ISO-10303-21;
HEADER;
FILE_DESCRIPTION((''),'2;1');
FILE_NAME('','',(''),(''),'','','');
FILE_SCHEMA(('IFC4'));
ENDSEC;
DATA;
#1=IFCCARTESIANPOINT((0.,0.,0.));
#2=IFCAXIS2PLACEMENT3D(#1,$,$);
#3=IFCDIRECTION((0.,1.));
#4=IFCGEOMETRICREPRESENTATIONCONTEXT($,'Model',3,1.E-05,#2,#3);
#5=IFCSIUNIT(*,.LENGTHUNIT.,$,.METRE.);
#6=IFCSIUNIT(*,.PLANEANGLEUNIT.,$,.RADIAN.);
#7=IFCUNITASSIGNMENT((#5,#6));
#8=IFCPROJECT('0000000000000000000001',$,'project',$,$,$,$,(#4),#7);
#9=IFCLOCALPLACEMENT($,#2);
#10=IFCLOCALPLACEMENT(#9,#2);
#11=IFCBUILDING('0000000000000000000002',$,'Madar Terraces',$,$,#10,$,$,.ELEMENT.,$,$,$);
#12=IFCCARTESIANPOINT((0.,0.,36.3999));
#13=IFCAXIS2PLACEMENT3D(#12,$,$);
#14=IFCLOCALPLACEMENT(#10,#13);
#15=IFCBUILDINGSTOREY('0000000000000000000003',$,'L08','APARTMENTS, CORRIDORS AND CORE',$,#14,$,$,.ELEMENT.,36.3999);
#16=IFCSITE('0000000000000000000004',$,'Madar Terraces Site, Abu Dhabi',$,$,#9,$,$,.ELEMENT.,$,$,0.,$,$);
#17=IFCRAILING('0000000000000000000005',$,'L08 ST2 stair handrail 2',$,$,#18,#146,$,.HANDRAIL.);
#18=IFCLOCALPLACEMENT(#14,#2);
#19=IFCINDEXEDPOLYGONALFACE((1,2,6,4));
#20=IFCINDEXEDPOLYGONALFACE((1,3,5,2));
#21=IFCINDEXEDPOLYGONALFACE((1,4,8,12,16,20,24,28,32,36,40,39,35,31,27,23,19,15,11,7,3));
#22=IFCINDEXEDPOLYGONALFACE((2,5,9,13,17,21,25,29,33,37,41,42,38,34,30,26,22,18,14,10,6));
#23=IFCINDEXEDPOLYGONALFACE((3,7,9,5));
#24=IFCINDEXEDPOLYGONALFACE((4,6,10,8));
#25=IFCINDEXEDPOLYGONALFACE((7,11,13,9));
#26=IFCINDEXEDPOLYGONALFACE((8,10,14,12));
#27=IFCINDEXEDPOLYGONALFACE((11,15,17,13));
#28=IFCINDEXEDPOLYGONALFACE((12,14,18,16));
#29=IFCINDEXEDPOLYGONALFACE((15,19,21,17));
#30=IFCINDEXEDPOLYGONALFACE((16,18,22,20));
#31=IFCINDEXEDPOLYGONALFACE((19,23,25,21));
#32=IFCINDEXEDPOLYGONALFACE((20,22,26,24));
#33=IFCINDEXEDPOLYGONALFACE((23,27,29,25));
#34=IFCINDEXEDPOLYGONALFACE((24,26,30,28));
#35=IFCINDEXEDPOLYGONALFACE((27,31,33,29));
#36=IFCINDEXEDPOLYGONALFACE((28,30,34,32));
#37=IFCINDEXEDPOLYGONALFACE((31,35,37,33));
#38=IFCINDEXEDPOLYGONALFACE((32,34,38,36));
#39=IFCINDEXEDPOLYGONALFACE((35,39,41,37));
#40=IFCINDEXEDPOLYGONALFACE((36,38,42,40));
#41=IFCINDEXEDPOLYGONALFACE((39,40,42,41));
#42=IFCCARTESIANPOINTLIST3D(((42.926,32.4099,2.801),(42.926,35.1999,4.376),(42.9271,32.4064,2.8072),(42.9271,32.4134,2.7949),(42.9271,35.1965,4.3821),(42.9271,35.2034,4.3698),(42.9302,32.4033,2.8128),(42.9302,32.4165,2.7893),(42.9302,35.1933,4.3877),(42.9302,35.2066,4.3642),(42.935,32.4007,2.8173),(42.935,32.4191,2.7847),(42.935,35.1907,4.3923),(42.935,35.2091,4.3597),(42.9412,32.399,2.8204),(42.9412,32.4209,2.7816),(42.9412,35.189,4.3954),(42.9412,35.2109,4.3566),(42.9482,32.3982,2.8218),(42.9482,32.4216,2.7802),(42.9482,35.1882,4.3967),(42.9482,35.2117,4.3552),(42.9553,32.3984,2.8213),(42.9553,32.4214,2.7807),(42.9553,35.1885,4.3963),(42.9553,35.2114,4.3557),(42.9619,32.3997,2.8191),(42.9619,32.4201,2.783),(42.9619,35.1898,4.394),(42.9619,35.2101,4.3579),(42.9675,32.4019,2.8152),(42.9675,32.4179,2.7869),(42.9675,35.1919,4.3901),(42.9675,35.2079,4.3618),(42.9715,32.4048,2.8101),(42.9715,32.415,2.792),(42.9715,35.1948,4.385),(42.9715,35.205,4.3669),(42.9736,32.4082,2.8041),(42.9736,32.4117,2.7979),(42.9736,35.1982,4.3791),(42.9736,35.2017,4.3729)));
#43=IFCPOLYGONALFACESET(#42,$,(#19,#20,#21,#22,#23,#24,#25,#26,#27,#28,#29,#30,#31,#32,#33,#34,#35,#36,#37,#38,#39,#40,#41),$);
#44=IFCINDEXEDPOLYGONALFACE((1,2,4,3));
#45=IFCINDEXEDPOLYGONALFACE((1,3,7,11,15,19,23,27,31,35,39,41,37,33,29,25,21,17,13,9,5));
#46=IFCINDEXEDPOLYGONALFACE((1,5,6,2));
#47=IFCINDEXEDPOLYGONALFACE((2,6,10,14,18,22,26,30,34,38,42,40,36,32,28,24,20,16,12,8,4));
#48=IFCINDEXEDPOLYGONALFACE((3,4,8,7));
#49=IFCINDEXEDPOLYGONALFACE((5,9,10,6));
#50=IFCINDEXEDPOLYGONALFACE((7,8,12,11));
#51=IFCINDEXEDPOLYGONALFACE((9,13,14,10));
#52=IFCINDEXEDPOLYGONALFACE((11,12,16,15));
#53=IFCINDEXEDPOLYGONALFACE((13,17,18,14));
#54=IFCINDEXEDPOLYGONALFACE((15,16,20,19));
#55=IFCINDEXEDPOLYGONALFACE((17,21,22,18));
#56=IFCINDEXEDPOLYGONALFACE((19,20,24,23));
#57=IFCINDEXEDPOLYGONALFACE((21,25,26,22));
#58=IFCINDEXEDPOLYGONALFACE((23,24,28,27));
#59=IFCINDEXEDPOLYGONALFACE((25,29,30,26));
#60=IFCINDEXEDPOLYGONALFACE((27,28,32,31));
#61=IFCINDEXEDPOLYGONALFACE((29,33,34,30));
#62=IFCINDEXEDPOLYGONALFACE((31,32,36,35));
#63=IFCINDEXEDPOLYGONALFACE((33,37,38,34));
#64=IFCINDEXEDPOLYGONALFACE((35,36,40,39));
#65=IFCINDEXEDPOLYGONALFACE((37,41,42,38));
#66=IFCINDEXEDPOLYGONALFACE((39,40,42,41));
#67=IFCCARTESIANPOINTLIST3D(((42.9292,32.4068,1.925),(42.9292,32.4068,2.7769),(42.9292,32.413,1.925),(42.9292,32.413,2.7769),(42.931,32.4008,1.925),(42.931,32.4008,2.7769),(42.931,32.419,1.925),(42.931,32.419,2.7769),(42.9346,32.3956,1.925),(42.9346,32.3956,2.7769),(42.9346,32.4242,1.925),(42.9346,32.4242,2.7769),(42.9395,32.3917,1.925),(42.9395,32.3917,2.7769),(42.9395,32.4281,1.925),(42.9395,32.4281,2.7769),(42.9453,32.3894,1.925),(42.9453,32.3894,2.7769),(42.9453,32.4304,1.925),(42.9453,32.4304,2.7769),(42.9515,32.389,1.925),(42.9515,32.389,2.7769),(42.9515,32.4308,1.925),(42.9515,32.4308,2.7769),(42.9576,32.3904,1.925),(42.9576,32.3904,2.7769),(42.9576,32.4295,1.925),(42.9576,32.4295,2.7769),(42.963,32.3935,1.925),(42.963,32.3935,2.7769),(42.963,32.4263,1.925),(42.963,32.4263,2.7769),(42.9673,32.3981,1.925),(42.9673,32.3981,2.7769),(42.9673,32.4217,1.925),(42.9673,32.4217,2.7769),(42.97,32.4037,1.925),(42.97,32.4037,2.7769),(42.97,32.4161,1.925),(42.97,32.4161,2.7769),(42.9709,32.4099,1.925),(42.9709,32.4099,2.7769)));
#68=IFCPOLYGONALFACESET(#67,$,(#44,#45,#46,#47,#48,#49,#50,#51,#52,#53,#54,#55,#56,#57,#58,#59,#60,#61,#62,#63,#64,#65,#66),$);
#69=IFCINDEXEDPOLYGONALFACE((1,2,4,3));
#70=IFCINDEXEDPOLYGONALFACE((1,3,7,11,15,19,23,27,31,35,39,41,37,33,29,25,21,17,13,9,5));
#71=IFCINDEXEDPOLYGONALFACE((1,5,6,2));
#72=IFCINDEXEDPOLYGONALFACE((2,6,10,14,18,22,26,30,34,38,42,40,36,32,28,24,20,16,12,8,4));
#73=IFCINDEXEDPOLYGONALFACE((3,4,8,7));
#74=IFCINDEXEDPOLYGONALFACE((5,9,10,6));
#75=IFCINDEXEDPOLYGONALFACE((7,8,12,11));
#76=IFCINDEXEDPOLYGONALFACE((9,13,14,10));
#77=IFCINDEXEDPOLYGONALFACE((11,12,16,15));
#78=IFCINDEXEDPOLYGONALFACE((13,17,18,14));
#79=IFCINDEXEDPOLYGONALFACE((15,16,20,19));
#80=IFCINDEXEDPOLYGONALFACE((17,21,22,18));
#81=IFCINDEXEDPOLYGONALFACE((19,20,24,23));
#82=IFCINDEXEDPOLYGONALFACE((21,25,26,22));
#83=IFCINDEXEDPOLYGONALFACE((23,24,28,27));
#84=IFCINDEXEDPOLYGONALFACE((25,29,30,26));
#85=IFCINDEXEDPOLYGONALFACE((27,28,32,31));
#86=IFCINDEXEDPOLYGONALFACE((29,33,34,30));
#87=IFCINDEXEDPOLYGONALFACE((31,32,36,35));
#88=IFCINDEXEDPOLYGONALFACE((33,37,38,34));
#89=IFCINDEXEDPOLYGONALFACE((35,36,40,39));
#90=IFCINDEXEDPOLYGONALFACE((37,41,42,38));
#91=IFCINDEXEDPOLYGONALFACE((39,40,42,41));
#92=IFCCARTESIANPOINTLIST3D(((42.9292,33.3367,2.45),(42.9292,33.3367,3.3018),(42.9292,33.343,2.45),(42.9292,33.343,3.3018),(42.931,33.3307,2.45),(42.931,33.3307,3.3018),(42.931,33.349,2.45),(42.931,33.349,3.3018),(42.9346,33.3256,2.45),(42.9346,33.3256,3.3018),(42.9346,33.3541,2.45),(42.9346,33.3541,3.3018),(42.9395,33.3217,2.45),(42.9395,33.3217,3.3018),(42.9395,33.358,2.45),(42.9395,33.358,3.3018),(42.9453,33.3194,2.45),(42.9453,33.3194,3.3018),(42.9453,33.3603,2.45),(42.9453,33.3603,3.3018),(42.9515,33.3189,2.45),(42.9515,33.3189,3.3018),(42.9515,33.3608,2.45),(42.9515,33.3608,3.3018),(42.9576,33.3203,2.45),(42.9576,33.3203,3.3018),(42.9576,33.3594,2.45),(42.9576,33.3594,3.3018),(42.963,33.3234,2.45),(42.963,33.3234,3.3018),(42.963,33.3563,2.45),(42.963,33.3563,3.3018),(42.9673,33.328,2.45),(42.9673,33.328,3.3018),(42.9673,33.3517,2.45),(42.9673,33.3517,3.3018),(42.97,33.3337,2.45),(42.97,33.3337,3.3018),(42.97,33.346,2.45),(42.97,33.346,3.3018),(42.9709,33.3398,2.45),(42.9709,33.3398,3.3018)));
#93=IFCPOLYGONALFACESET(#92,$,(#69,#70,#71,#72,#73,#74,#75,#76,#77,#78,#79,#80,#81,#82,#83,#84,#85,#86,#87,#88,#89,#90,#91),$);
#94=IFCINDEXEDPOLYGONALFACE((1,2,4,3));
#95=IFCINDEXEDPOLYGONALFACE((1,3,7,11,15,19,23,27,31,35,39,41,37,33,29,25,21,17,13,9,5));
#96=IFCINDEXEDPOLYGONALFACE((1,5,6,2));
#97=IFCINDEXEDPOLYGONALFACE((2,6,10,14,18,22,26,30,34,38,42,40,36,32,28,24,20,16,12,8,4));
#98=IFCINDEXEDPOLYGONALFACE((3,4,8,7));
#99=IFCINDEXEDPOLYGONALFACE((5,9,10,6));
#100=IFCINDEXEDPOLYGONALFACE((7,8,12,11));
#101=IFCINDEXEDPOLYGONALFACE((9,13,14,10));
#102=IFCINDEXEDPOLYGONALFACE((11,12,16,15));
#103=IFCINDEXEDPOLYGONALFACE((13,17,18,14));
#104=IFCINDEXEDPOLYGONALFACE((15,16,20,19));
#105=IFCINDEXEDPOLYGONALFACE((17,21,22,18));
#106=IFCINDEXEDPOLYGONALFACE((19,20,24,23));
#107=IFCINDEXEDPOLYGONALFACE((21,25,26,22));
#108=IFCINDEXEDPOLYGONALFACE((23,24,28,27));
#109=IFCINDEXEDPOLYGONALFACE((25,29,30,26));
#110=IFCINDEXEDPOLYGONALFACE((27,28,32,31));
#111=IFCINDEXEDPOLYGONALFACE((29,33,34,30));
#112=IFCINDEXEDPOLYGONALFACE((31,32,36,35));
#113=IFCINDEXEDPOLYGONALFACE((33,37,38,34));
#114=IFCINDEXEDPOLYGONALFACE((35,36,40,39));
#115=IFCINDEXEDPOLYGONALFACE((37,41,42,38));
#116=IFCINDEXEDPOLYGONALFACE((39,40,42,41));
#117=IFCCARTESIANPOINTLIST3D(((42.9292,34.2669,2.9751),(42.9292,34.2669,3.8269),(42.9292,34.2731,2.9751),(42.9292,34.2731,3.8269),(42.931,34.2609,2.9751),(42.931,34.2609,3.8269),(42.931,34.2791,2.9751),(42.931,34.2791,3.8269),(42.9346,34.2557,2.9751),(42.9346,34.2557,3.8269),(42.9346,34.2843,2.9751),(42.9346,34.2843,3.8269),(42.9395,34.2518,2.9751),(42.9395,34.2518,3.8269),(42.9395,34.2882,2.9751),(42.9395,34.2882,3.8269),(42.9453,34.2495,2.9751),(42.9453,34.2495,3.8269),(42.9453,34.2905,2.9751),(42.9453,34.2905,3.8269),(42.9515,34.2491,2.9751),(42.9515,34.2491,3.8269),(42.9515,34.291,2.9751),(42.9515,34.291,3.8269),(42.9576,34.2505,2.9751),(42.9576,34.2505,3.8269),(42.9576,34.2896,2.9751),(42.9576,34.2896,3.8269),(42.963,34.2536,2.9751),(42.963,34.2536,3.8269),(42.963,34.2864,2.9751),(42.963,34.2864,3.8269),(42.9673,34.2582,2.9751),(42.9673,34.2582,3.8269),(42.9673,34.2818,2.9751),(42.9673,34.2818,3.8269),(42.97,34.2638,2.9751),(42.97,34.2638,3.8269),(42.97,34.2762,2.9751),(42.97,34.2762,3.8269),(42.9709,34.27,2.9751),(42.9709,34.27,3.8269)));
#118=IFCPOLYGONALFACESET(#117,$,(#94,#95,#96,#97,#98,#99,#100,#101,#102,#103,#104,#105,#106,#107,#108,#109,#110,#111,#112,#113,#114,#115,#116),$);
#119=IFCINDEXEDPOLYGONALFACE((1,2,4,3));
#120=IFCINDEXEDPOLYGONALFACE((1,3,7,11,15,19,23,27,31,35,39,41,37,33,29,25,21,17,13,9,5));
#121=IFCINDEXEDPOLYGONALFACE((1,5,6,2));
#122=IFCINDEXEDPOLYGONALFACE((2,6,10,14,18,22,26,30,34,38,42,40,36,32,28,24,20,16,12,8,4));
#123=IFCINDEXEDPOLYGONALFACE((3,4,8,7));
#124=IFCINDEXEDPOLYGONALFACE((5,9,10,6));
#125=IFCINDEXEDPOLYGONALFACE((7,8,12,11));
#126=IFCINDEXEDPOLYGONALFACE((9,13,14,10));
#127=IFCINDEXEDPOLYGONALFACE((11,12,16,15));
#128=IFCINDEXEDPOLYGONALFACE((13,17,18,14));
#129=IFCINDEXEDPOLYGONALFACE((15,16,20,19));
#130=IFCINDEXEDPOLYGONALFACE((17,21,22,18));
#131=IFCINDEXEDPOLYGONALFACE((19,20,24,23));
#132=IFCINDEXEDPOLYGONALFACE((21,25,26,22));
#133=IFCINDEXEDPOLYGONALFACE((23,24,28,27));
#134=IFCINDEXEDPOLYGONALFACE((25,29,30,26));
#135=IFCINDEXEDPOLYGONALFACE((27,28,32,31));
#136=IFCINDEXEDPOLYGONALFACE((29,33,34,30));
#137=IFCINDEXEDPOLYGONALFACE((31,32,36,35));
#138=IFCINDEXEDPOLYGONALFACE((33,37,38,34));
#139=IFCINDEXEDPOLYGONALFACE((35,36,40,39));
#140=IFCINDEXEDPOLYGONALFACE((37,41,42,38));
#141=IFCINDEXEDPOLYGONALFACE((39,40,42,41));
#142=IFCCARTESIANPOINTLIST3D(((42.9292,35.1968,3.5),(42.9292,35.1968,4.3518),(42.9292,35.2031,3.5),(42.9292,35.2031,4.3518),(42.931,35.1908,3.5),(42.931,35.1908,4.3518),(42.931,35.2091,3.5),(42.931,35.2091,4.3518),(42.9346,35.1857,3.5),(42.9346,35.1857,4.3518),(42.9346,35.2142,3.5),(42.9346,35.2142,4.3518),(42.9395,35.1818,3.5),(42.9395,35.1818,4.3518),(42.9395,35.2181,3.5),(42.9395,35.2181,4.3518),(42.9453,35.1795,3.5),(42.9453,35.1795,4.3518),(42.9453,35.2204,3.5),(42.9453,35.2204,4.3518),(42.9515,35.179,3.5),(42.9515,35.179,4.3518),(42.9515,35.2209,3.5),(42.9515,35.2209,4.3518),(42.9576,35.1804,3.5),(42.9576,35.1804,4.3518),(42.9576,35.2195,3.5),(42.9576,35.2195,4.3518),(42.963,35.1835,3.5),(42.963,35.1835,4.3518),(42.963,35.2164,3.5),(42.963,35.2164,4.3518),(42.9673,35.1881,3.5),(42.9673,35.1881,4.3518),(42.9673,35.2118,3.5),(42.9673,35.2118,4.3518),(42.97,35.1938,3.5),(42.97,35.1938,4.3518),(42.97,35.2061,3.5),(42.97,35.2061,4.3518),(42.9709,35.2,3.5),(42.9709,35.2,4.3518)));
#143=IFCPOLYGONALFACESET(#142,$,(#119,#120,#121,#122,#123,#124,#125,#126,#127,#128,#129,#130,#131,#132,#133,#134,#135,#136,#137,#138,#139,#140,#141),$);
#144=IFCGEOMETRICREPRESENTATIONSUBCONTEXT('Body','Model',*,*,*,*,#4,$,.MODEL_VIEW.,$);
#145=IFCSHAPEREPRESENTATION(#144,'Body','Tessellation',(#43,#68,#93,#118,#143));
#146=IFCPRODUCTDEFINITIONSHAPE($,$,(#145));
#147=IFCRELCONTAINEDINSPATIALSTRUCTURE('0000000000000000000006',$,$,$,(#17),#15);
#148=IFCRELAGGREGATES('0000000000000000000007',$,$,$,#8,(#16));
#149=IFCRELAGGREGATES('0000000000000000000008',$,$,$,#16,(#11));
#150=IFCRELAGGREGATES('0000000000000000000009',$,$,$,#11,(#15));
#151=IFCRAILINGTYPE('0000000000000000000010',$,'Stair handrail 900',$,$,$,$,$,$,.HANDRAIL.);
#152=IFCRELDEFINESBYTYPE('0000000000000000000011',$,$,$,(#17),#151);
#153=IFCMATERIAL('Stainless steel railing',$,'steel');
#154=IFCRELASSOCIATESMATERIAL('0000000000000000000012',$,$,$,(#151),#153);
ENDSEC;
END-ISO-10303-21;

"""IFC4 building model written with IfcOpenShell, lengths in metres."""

from ifc_helpers import new_model, si_unit, direction, frame, origin, origin_2d, place, context, subcontext, project, spatial, circle, extrude, material, type_object, element, save


model = new_model("IFC4")

# Units and contexts
model_context = context("Model", 3, precision=1e-05, world=origin(), true_north=direction((0.0, 1.0)))
body_context = subcontext(model_context, "Body", "Model", "MODEL_VIEW")
ifc_project = project(units=[si_unit("LENGTHUNIT", "METRE"), si_unit("PLANEANGLEUNIT", "RADIAN")], contexts=[model_context])

# Site, building, storey
site_placement = place(None, origin())
site = spatial("IfcSite", under=ifc_project, at=site_placement, Name="Madar Terraces Site, Abu Dhabi", CompositionType="ELEMENT", RefElevation=0.0)
building_placement = place(site_placement, origin())
building = spatial("IfcBuilding", under=site, at=building_placement, Name="Madar Terraces", CompositionType="ELEMENT")
storey_placement = place(building_placement, frame((0.0, 0.0, 36.3999)))
storey = spatial("IfcBuildingStorey", under=building, at=storey_placement, Name="L08", Description="APARTMENTS, CORRIDORS AND CORE", CompositionType="ELEMENT", Elevation=36.3999)

# Railing
ifc_material_1 = material(Name="Stainless steel railing", Category="steel")
railing_type_1 = type_object("IfcRailingType", Name="Stair handrail 900", PredefinedType="HANDRAIL", material=ifc_material_1)
railing_1_placement = place(storey_placement, frame((42.95, 32.4099, 1.925)))
element("IfcRailing", 1, at=railing_1_placement, inside=storey, type_object=railing_type_1, Name="L08 ST2 stair handrail 2", PredefinedType="HANDRAIL", context=body_context, shape_type="SweptSolid", body=[
    extrude(circle(Radius=0.0239, at=origin_2d()), frame((0.0, 0.0, 0.876), z_axis=(0.0, 0.870834, 0.491578), x_axis=(-1.0, 0.0, 0.0)), (0.0, 0.0, 1.0), 3.2039),
    extrude(circle(Radius=0.021, at=origin_2d()), origin(), (0.0, 0.0, 1.0), 0.8518),
    extrude(circle(Radius=0.021, at=origin_2d()), frame((0.0, 0.9299, 0.5249)), (0.0, 0.0, 1.0), 0.8518),
    extrude(circle(Radius=0.021, at=origin_2d()), frame((0.0, 1.8601, 1.05)), (0.0, 0.0, 1.0), 0.8518),
    extrude(circle(Radius=0.021, at=origin_2d()), frame((0.0, 2.79, 1.575)), (0.0, 0.0, 1.0), 0.8518),
])

save(model, "model.ifc")
